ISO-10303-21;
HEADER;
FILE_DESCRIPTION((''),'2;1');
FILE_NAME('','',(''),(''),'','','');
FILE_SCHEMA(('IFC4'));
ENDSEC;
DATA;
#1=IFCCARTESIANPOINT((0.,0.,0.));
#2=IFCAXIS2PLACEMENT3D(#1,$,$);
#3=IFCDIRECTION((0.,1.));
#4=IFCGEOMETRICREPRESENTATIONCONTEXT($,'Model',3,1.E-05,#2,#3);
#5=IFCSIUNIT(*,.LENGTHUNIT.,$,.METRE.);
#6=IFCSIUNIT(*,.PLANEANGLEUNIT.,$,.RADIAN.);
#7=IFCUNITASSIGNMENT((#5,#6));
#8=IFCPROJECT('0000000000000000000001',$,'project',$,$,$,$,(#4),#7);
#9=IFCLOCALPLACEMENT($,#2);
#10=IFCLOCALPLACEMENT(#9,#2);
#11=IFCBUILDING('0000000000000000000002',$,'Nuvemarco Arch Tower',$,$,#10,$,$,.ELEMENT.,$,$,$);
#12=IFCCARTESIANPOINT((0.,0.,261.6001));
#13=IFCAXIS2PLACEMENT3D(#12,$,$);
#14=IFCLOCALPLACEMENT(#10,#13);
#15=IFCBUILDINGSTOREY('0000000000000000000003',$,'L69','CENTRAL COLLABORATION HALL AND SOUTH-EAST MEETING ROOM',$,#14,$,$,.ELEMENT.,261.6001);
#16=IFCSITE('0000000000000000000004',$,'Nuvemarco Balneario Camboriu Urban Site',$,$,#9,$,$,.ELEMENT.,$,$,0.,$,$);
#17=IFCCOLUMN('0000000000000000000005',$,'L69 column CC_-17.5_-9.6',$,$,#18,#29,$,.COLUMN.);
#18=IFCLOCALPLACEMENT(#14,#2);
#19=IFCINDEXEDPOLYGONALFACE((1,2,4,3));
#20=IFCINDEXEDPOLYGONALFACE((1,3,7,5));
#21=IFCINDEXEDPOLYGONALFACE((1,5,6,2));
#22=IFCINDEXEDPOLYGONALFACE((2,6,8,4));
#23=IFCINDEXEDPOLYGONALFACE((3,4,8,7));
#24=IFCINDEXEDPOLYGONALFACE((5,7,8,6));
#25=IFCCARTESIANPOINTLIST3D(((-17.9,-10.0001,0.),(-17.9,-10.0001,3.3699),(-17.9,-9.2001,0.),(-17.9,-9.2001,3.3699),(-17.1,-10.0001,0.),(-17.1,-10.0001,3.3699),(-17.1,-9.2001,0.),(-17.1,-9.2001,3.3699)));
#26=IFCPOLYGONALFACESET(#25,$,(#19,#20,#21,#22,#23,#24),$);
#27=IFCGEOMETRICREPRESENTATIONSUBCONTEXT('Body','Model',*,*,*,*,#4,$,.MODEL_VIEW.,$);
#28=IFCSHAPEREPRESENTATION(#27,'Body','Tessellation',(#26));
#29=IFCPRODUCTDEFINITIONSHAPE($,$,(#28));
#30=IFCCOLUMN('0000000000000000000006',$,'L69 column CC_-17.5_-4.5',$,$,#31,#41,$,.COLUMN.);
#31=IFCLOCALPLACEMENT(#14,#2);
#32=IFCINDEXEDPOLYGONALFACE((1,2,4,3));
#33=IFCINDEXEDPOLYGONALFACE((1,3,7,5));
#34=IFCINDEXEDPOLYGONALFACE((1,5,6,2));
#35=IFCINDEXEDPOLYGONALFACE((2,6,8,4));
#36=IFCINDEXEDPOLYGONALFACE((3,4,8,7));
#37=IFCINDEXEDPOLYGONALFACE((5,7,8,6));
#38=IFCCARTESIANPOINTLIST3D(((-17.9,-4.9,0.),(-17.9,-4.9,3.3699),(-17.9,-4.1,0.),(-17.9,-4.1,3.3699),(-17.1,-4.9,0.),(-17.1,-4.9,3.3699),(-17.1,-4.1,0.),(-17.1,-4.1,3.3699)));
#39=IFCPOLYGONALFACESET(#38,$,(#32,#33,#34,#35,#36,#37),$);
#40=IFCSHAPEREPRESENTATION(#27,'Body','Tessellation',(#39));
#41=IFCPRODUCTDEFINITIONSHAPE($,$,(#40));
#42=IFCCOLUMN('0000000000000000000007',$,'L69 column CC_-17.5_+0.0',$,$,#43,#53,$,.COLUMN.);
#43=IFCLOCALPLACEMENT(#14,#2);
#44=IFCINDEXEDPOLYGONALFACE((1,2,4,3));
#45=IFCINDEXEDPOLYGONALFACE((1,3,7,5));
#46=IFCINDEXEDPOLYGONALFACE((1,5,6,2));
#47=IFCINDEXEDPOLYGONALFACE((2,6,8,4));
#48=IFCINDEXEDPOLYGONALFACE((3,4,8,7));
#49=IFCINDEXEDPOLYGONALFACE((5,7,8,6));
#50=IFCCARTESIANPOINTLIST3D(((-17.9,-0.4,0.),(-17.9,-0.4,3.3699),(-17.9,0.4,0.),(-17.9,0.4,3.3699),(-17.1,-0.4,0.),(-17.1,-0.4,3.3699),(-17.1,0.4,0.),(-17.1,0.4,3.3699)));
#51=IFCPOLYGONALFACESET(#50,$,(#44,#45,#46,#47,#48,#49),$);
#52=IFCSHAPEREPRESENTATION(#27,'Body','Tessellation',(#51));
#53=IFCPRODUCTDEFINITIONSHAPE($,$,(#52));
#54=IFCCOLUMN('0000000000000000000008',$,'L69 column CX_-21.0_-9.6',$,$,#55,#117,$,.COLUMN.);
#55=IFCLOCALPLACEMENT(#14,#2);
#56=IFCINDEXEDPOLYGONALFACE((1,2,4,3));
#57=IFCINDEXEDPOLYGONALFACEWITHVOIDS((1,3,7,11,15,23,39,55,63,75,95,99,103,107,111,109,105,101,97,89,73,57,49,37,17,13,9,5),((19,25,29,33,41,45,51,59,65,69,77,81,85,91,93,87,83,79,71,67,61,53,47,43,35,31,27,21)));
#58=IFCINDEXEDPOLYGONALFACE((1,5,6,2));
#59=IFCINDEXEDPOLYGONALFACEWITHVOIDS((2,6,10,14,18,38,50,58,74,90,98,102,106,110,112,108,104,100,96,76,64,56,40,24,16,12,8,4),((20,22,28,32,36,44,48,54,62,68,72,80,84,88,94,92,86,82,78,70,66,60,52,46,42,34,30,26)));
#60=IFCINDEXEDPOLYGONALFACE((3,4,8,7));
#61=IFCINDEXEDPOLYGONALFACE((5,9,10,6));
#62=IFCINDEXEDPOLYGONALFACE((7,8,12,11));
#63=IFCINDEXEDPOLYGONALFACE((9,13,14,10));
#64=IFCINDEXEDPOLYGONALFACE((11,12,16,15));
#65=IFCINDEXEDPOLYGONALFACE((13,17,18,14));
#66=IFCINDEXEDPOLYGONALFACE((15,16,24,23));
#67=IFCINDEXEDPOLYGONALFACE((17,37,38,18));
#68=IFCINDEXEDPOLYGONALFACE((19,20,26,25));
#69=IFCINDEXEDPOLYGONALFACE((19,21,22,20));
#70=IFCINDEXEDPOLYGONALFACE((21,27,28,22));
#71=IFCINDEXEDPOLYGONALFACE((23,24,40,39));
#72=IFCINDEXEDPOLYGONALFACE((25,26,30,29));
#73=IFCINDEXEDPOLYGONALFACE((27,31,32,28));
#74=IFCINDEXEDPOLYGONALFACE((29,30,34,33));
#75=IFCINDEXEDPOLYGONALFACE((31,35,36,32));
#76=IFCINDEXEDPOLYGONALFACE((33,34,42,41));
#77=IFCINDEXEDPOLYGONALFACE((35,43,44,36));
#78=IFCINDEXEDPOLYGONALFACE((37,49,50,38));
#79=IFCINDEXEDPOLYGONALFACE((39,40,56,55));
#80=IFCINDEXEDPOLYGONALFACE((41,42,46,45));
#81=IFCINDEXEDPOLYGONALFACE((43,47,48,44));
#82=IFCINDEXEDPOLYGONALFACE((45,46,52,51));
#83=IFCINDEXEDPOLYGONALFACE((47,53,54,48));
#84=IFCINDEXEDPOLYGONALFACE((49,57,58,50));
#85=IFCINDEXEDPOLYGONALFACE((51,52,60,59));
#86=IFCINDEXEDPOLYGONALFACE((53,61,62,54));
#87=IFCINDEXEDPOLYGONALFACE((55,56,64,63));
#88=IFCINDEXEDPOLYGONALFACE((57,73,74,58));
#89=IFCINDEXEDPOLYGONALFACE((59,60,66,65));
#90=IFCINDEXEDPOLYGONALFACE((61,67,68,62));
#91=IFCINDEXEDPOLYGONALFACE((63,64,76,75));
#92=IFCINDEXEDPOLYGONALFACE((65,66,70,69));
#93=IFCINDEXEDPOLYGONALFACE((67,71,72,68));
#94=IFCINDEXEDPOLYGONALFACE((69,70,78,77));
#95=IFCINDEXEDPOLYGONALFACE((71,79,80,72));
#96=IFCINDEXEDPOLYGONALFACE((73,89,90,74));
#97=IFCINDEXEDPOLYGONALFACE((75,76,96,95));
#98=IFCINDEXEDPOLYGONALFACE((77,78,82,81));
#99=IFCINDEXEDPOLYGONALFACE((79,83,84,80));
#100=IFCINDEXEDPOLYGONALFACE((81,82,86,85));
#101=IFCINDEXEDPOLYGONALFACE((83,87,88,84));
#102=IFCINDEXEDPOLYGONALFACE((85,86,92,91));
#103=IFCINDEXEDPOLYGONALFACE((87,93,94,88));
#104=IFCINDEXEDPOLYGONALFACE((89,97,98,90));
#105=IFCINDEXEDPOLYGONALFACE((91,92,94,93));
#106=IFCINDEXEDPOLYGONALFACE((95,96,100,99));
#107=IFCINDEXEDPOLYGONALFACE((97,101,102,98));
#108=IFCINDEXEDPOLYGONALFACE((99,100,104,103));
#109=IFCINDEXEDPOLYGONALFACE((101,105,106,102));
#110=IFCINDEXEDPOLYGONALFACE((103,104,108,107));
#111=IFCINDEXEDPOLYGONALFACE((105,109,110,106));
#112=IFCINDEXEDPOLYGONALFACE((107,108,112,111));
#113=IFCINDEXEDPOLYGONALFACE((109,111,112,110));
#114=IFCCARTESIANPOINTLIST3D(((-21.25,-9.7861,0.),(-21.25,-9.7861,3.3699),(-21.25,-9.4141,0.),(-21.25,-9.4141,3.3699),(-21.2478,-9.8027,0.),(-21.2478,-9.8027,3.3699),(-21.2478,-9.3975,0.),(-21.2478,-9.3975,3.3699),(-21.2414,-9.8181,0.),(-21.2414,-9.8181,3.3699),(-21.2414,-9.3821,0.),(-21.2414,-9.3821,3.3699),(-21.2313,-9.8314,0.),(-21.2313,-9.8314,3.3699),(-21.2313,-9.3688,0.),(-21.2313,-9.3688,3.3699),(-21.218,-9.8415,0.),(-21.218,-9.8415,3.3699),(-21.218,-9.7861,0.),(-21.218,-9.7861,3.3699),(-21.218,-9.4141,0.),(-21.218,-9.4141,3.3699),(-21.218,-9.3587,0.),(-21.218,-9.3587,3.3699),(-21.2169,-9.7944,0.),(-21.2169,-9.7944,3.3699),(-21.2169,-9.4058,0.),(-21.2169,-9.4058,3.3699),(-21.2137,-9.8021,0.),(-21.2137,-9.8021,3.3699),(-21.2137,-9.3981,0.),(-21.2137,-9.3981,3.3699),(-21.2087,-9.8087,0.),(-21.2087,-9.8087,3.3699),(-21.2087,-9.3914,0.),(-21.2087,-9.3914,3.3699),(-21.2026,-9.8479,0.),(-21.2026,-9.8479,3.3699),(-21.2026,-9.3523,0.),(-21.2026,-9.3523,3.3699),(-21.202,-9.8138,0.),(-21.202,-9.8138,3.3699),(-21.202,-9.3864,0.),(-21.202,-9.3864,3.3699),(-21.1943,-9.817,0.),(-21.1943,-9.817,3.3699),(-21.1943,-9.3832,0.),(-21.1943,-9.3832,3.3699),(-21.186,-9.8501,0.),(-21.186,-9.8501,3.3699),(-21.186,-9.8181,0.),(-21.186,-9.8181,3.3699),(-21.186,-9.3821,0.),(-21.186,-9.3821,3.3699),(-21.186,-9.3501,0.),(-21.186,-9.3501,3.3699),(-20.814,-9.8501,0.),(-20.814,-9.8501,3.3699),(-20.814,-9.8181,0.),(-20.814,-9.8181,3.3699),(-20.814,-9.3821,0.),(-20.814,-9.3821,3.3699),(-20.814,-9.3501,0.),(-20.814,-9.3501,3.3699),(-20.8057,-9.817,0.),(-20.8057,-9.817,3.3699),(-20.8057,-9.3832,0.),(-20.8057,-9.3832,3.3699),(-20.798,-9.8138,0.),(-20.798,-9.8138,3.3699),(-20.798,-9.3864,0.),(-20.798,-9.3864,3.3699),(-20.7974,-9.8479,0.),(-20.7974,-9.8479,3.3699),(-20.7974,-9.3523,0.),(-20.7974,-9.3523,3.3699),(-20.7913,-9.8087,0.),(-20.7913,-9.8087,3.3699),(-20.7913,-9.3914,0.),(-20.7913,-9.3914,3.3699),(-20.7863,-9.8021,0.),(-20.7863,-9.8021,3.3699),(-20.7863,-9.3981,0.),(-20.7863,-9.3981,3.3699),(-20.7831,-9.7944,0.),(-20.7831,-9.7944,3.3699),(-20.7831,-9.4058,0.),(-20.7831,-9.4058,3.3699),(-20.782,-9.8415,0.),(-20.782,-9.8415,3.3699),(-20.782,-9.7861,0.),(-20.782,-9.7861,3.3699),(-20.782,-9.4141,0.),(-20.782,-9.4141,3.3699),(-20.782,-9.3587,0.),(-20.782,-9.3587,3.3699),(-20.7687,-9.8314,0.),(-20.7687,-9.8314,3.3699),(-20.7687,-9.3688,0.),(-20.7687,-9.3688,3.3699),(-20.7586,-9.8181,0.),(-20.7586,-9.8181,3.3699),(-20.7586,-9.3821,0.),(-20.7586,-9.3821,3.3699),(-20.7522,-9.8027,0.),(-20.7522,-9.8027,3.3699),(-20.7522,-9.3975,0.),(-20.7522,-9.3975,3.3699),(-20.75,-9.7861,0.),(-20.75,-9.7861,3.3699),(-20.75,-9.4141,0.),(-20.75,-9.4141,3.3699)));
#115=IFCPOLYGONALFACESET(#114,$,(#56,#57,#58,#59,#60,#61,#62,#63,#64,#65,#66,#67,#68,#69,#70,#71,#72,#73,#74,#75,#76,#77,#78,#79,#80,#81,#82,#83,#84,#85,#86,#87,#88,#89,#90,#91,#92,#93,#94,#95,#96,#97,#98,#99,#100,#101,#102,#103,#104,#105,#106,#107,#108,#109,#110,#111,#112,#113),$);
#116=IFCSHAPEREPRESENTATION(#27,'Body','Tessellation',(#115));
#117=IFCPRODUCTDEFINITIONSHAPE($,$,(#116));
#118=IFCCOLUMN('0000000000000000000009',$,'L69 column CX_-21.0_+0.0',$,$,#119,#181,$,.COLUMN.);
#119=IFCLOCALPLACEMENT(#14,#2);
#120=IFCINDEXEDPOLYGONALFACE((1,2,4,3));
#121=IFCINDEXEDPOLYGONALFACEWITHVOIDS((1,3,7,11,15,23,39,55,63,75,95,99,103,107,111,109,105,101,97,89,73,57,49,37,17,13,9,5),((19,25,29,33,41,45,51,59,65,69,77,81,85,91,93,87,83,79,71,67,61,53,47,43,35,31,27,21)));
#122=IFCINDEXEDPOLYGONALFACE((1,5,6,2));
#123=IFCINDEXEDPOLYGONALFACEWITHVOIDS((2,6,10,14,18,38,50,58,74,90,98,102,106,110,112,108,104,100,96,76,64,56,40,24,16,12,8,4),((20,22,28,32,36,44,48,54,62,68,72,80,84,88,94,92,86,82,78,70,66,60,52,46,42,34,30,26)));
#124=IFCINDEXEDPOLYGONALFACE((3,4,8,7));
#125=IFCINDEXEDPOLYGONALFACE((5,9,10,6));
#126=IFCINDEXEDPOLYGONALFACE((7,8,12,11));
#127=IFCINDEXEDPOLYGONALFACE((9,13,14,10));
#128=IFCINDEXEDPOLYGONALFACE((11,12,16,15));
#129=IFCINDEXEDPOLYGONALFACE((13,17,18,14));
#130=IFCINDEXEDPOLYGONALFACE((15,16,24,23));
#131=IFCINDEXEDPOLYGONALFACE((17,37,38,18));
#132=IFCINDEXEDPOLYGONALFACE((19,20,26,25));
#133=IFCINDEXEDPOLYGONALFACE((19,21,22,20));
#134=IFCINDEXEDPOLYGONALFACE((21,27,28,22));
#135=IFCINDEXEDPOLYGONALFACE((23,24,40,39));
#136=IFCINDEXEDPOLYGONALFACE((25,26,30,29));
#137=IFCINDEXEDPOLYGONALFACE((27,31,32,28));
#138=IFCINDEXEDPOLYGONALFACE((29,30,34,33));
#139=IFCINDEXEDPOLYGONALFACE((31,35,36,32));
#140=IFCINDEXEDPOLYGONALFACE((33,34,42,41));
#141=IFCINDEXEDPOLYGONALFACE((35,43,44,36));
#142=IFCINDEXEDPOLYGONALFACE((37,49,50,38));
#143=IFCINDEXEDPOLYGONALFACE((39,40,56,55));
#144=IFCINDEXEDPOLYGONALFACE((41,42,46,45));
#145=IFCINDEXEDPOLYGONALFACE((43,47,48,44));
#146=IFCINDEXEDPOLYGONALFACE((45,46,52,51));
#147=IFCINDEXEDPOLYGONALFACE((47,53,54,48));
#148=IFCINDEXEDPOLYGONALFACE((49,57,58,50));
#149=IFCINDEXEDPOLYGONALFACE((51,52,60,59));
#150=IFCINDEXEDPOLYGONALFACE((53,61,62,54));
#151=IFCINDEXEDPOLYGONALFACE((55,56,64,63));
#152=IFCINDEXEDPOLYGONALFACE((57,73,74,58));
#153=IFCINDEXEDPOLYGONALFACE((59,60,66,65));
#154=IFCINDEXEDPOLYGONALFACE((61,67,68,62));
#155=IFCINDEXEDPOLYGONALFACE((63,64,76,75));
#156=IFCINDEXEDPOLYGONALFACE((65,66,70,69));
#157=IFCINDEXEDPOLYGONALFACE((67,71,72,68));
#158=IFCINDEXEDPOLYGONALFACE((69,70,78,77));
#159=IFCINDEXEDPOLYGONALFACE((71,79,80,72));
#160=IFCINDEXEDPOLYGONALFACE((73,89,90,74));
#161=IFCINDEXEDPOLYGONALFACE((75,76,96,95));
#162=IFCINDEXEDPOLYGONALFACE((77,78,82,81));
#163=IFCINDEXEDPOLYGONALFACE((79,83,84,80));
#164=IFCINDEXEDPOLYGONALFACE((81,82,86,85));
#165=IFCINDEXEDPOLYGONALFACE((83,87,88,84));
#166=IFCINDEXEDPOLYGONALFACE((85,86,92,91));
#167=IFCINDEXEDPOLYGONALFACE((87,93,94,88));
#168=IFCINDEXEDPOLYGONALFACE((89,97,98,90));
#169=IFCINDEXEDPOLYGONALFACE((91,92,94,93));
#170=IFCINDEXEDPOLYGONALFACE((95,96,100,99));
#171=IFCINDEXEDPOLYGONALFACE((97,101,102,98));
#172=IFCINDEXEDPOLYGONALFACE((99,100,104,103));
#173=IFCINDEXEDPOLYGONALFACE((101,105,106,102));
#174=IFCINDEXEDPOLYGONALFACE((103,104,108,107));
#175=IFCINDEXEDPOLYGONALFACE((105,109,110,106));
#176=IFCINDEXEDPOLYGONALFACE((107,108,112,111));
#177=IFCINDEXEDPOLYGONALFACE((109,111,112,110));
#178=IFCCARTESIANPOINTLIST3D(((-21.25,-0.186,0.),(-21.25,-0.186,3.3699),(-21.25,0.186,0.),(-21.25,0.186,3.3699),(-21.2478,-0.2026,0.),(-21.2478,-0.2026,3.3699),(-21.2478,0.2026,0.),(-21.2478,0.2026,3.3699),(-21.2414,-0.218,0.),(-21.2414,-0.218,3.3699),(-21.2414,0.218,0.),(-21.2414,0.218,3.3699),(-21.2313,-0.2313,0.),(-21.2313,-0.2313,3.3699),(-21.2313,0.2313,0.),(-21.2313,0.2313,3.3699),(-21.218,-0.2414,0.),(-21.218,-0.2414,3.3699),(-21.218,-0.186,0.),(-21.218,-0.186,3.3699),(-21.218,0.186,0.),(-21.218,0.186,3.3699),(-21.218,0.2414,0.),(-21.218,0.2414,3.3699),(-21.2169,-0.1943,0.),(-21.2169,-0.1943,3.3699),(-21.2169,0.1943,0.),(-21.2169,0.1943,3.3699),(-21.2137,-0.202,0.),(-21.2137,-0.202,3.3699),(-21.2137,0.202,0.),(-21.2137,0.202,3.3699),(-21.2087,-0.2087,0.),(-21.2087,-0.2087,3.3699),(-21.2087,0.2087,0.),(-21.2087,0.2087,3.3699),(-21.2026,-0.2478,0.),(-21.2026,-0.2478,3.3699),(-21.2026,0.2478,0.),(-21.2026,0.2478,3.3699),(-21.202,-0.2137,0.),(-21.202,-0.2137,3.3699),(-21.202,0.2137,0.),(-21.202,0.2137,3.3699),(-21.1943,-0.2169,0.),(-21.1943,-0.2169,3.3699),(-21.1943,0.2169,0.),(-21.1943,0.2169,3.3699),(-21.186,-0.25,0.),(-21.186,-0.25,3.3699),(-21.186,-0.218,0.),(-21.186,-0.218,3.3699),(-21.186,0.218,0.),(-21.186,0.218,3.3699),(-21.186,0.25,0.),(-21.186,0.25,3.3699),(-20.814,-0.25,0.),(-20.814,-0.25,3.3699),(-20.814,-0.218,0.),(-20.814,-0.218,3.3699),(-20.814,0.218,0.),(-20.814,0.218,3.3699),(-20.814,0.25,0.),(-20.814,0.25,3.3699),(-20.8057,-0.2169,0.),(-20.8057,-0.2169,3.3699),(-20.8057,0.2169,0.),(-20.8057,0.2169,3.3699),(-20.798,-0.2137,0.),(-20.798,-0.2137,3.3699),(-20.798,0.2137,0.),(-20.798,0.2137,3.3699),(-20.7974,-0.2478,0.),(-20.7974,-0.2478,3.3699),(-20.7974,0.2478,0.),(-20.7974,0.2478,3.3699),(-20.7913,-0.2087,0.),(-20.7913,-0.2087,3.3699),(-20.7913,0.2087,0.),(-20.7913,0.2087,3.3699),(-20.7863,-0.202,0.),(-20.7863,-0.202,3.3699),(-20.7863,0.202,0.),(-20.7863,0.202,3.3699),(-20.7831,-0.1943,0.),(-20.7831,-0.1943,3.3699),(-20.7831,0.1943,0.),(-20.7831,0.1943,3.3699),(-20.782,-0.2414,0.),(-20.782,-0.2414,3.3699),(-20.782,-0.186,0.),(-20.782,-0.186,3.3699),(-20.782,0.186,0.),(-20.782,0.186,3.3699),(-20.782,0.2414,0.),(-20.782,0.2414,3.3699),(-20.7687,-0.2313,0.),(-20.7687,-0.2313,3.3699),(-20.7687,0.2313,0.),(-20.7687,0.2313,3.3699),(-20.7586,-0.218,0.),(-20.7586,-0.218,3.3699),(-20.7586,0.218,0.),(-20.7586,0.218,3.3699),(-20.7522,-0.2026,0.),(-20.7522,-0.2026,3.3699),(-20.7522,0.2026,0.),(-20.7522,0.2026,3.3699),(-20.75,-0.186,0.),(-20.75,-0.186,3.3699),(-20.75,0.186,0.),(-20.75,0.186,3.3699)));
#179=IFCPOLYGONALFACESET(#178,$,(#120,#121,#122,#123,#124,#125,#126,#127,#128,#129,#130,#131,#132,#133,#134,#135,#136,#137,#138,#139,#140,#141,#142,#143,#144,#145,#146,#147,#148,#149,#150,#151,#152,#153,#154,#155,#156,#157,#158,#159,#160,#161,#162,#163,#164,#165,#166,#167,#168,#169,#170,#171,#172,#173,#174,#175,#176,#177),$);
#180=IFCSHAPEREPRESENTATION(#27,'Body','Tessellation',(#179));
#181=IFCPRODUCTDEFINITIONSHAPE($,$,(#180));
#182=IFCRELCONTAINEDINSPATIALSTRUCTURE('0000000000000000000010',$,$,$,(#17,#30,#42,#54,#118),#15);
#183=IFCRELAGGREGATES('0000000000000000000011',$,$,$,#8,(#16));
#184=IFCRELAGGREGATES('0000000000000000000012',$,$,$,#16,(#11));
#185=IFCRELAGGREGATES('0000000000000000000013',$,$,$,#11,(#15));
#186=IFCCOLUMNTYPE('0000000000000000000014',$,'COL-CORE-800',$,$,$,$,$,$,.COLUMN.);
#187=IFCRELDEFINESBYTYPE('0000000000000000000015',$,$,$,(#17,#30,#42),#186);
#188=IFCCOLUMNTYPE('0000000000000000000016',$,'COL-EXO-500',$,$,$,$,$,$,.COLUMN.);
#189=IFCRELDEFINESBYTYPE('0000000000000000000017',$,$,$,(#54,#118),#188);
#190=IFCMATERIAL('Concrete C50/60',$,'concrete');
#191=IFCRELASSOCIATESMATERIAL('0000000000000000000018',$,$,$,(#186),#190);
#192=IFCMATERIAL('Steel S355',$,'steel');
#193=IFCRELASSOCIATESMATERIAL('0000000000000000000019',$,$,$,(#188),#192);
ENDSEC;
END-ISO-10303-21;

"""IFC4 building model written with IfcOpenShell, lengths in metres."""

from ifc_helpers import new_model, si_unit, direction, frame, origin, origin_2d, place, context, subcontext, project, spatial, rectangle, hollow_rectangle, extrude, material, material_profile, profile_set, type_object, element, save


model = new_model("IFC4")

# Units and contexts
model_context = context("Model", 3, precision=1e-05, world=origin(), true_north=direction((0.0, 1.0)))
body_context = subcontext(model_context, "Body", "Model", "MODEL_VIEW")
ifc_project = project(units=[si_unit("LENGTHUNIT", "METRE"), si_unit("PLANEANGLEUNIT", "RADIAN")], contexts=[model_context])

# Site, building, storey
site_placement = place(None, origin())
site = spatial("IfcSite", under=ifc_project, at=site_placement, Name="Nuvemarco Balneario Camboriu Urban Site", CompositionType="ELEMENT", RefElevation=0.0)
building_placement = place(site_placement, origin())
building = spatial("IfcBuilding", under=site, at=building_placement, Name="Nuvemarco Arch Tower", CompositionType="ELEMENT")
storey_placement = place(building_placement, frame((0.0, 0.0, 261.6001)))
storey = spatial("IfcBuildingStorey", under=building, at=storey_placement, Name="L69", Description="CENTRAL COLLABORATION HALL AND SOUTH-EAST MEETING ROOM", CompositionType="ELEMENT", Elevation=261.6001)

# Columns
ifc_material_1 = material(Name="Concrete C50/60", Category="concrete")
ifc_material_profile_1 = material_profile(ifc_material_1, rectangle(XDim=0.8, YDim=0.8, at=origin_2d()), Name="RC-COL-800x800")
ifc_profile_set_1 = profile_set([ifc_material_profile_1], Name="Concrete C50/60")
column_type_1 = type_object("IfcColumnType", Name="COL-CORE-800", PredefinedType="COLUMN", material=ifc_profile_set_1)
for number, where, z_axis, x_axis, name in (
    (1, (-17.5, -9.6001, 0.0), (0.0, 0.0, 1.0), (1.0, 0.0, 0.0), "L69 column CC_-17.5_-9.6"),
    (2, (-17.5, -4.5, 0.0), (0.0, 0.0, 1.0), (1.0, 0.0, 0.0), "L69 column CC_-17.5_-4.5"),
    (3, (-17.5, 0.0, 0.0), (0.0, 0.0, 1.0), (1.0, 0.0, 0.0), "L69 column CC_-17.5_+0.0"),
):
    element("IfcColumn", number, at=place(storey_placement, frame(where, z_axis=z_axis, x_axis=x_axis)), inside=storey, type_object=column_type_1, Name=name, PredefinedType="COLUMN", context=body_context, shape_type="SweptSolid", body=[
        extrude(rectangle(XDim=0.8, YDim=0.8, at=origin_2d()), origin(), (0.0, 0.0, 1.0), 3.3699),
    ])
ifc_material_2 = material(Name="Steel S355", Category="steel")
ifc_material_profile_2 = material_profile(ifc_material_2, hollow_rectangle(XDim=0.5, YDim=0.5, WallThickness=0.032, InnerFilletRadius=0.032, OuterFilletRadius=0.064, at=origin_2d()), Name="SHS500x500x32")
ifc_profile_set_2 = profile_set([ifc_material_profile_2], Name="Steel S355")
column_type_2 = type_object("IfcColumnType", Name="COL-EXO-500", PredefinedType="COLUMN", material=ifc_profile_set_2)
for number, where, z_axis, x_axis, name in (
    (4, (-21.0, -9.6001, 0.0), (0.0, 0.0, 1.0), (1.0, 0.0, 0.0), "L69 column CX_-21.0_-9.6"),
    (5, (-21.0, 0.0, 0.0), (0.0, 0.0, 1.0), (1.0, 0.0, 0.0), "L69 column CX_-21.0_+0.0"),
):
    element("IfcColumn", number, at=place(storey_placement, frame(where, z_axis=z_axis, x_axis=x_axis)), inside=storey, type_object=column_type_2, Name=name, PredefinedType="COLUMN", context=body_context, shape_type="SweptSolid", body=[
        extrude(hollow_rectangle(XDim=0.5, YDim=0.5, WallThickness=0.032, InnerFilletRadius=0.032, OuterFilletRadius=0.064, at=origin_2d()), origin(), (0.0, 0.0, 1.0), 3.3699),
    ])

save(model, "model.ifc")
